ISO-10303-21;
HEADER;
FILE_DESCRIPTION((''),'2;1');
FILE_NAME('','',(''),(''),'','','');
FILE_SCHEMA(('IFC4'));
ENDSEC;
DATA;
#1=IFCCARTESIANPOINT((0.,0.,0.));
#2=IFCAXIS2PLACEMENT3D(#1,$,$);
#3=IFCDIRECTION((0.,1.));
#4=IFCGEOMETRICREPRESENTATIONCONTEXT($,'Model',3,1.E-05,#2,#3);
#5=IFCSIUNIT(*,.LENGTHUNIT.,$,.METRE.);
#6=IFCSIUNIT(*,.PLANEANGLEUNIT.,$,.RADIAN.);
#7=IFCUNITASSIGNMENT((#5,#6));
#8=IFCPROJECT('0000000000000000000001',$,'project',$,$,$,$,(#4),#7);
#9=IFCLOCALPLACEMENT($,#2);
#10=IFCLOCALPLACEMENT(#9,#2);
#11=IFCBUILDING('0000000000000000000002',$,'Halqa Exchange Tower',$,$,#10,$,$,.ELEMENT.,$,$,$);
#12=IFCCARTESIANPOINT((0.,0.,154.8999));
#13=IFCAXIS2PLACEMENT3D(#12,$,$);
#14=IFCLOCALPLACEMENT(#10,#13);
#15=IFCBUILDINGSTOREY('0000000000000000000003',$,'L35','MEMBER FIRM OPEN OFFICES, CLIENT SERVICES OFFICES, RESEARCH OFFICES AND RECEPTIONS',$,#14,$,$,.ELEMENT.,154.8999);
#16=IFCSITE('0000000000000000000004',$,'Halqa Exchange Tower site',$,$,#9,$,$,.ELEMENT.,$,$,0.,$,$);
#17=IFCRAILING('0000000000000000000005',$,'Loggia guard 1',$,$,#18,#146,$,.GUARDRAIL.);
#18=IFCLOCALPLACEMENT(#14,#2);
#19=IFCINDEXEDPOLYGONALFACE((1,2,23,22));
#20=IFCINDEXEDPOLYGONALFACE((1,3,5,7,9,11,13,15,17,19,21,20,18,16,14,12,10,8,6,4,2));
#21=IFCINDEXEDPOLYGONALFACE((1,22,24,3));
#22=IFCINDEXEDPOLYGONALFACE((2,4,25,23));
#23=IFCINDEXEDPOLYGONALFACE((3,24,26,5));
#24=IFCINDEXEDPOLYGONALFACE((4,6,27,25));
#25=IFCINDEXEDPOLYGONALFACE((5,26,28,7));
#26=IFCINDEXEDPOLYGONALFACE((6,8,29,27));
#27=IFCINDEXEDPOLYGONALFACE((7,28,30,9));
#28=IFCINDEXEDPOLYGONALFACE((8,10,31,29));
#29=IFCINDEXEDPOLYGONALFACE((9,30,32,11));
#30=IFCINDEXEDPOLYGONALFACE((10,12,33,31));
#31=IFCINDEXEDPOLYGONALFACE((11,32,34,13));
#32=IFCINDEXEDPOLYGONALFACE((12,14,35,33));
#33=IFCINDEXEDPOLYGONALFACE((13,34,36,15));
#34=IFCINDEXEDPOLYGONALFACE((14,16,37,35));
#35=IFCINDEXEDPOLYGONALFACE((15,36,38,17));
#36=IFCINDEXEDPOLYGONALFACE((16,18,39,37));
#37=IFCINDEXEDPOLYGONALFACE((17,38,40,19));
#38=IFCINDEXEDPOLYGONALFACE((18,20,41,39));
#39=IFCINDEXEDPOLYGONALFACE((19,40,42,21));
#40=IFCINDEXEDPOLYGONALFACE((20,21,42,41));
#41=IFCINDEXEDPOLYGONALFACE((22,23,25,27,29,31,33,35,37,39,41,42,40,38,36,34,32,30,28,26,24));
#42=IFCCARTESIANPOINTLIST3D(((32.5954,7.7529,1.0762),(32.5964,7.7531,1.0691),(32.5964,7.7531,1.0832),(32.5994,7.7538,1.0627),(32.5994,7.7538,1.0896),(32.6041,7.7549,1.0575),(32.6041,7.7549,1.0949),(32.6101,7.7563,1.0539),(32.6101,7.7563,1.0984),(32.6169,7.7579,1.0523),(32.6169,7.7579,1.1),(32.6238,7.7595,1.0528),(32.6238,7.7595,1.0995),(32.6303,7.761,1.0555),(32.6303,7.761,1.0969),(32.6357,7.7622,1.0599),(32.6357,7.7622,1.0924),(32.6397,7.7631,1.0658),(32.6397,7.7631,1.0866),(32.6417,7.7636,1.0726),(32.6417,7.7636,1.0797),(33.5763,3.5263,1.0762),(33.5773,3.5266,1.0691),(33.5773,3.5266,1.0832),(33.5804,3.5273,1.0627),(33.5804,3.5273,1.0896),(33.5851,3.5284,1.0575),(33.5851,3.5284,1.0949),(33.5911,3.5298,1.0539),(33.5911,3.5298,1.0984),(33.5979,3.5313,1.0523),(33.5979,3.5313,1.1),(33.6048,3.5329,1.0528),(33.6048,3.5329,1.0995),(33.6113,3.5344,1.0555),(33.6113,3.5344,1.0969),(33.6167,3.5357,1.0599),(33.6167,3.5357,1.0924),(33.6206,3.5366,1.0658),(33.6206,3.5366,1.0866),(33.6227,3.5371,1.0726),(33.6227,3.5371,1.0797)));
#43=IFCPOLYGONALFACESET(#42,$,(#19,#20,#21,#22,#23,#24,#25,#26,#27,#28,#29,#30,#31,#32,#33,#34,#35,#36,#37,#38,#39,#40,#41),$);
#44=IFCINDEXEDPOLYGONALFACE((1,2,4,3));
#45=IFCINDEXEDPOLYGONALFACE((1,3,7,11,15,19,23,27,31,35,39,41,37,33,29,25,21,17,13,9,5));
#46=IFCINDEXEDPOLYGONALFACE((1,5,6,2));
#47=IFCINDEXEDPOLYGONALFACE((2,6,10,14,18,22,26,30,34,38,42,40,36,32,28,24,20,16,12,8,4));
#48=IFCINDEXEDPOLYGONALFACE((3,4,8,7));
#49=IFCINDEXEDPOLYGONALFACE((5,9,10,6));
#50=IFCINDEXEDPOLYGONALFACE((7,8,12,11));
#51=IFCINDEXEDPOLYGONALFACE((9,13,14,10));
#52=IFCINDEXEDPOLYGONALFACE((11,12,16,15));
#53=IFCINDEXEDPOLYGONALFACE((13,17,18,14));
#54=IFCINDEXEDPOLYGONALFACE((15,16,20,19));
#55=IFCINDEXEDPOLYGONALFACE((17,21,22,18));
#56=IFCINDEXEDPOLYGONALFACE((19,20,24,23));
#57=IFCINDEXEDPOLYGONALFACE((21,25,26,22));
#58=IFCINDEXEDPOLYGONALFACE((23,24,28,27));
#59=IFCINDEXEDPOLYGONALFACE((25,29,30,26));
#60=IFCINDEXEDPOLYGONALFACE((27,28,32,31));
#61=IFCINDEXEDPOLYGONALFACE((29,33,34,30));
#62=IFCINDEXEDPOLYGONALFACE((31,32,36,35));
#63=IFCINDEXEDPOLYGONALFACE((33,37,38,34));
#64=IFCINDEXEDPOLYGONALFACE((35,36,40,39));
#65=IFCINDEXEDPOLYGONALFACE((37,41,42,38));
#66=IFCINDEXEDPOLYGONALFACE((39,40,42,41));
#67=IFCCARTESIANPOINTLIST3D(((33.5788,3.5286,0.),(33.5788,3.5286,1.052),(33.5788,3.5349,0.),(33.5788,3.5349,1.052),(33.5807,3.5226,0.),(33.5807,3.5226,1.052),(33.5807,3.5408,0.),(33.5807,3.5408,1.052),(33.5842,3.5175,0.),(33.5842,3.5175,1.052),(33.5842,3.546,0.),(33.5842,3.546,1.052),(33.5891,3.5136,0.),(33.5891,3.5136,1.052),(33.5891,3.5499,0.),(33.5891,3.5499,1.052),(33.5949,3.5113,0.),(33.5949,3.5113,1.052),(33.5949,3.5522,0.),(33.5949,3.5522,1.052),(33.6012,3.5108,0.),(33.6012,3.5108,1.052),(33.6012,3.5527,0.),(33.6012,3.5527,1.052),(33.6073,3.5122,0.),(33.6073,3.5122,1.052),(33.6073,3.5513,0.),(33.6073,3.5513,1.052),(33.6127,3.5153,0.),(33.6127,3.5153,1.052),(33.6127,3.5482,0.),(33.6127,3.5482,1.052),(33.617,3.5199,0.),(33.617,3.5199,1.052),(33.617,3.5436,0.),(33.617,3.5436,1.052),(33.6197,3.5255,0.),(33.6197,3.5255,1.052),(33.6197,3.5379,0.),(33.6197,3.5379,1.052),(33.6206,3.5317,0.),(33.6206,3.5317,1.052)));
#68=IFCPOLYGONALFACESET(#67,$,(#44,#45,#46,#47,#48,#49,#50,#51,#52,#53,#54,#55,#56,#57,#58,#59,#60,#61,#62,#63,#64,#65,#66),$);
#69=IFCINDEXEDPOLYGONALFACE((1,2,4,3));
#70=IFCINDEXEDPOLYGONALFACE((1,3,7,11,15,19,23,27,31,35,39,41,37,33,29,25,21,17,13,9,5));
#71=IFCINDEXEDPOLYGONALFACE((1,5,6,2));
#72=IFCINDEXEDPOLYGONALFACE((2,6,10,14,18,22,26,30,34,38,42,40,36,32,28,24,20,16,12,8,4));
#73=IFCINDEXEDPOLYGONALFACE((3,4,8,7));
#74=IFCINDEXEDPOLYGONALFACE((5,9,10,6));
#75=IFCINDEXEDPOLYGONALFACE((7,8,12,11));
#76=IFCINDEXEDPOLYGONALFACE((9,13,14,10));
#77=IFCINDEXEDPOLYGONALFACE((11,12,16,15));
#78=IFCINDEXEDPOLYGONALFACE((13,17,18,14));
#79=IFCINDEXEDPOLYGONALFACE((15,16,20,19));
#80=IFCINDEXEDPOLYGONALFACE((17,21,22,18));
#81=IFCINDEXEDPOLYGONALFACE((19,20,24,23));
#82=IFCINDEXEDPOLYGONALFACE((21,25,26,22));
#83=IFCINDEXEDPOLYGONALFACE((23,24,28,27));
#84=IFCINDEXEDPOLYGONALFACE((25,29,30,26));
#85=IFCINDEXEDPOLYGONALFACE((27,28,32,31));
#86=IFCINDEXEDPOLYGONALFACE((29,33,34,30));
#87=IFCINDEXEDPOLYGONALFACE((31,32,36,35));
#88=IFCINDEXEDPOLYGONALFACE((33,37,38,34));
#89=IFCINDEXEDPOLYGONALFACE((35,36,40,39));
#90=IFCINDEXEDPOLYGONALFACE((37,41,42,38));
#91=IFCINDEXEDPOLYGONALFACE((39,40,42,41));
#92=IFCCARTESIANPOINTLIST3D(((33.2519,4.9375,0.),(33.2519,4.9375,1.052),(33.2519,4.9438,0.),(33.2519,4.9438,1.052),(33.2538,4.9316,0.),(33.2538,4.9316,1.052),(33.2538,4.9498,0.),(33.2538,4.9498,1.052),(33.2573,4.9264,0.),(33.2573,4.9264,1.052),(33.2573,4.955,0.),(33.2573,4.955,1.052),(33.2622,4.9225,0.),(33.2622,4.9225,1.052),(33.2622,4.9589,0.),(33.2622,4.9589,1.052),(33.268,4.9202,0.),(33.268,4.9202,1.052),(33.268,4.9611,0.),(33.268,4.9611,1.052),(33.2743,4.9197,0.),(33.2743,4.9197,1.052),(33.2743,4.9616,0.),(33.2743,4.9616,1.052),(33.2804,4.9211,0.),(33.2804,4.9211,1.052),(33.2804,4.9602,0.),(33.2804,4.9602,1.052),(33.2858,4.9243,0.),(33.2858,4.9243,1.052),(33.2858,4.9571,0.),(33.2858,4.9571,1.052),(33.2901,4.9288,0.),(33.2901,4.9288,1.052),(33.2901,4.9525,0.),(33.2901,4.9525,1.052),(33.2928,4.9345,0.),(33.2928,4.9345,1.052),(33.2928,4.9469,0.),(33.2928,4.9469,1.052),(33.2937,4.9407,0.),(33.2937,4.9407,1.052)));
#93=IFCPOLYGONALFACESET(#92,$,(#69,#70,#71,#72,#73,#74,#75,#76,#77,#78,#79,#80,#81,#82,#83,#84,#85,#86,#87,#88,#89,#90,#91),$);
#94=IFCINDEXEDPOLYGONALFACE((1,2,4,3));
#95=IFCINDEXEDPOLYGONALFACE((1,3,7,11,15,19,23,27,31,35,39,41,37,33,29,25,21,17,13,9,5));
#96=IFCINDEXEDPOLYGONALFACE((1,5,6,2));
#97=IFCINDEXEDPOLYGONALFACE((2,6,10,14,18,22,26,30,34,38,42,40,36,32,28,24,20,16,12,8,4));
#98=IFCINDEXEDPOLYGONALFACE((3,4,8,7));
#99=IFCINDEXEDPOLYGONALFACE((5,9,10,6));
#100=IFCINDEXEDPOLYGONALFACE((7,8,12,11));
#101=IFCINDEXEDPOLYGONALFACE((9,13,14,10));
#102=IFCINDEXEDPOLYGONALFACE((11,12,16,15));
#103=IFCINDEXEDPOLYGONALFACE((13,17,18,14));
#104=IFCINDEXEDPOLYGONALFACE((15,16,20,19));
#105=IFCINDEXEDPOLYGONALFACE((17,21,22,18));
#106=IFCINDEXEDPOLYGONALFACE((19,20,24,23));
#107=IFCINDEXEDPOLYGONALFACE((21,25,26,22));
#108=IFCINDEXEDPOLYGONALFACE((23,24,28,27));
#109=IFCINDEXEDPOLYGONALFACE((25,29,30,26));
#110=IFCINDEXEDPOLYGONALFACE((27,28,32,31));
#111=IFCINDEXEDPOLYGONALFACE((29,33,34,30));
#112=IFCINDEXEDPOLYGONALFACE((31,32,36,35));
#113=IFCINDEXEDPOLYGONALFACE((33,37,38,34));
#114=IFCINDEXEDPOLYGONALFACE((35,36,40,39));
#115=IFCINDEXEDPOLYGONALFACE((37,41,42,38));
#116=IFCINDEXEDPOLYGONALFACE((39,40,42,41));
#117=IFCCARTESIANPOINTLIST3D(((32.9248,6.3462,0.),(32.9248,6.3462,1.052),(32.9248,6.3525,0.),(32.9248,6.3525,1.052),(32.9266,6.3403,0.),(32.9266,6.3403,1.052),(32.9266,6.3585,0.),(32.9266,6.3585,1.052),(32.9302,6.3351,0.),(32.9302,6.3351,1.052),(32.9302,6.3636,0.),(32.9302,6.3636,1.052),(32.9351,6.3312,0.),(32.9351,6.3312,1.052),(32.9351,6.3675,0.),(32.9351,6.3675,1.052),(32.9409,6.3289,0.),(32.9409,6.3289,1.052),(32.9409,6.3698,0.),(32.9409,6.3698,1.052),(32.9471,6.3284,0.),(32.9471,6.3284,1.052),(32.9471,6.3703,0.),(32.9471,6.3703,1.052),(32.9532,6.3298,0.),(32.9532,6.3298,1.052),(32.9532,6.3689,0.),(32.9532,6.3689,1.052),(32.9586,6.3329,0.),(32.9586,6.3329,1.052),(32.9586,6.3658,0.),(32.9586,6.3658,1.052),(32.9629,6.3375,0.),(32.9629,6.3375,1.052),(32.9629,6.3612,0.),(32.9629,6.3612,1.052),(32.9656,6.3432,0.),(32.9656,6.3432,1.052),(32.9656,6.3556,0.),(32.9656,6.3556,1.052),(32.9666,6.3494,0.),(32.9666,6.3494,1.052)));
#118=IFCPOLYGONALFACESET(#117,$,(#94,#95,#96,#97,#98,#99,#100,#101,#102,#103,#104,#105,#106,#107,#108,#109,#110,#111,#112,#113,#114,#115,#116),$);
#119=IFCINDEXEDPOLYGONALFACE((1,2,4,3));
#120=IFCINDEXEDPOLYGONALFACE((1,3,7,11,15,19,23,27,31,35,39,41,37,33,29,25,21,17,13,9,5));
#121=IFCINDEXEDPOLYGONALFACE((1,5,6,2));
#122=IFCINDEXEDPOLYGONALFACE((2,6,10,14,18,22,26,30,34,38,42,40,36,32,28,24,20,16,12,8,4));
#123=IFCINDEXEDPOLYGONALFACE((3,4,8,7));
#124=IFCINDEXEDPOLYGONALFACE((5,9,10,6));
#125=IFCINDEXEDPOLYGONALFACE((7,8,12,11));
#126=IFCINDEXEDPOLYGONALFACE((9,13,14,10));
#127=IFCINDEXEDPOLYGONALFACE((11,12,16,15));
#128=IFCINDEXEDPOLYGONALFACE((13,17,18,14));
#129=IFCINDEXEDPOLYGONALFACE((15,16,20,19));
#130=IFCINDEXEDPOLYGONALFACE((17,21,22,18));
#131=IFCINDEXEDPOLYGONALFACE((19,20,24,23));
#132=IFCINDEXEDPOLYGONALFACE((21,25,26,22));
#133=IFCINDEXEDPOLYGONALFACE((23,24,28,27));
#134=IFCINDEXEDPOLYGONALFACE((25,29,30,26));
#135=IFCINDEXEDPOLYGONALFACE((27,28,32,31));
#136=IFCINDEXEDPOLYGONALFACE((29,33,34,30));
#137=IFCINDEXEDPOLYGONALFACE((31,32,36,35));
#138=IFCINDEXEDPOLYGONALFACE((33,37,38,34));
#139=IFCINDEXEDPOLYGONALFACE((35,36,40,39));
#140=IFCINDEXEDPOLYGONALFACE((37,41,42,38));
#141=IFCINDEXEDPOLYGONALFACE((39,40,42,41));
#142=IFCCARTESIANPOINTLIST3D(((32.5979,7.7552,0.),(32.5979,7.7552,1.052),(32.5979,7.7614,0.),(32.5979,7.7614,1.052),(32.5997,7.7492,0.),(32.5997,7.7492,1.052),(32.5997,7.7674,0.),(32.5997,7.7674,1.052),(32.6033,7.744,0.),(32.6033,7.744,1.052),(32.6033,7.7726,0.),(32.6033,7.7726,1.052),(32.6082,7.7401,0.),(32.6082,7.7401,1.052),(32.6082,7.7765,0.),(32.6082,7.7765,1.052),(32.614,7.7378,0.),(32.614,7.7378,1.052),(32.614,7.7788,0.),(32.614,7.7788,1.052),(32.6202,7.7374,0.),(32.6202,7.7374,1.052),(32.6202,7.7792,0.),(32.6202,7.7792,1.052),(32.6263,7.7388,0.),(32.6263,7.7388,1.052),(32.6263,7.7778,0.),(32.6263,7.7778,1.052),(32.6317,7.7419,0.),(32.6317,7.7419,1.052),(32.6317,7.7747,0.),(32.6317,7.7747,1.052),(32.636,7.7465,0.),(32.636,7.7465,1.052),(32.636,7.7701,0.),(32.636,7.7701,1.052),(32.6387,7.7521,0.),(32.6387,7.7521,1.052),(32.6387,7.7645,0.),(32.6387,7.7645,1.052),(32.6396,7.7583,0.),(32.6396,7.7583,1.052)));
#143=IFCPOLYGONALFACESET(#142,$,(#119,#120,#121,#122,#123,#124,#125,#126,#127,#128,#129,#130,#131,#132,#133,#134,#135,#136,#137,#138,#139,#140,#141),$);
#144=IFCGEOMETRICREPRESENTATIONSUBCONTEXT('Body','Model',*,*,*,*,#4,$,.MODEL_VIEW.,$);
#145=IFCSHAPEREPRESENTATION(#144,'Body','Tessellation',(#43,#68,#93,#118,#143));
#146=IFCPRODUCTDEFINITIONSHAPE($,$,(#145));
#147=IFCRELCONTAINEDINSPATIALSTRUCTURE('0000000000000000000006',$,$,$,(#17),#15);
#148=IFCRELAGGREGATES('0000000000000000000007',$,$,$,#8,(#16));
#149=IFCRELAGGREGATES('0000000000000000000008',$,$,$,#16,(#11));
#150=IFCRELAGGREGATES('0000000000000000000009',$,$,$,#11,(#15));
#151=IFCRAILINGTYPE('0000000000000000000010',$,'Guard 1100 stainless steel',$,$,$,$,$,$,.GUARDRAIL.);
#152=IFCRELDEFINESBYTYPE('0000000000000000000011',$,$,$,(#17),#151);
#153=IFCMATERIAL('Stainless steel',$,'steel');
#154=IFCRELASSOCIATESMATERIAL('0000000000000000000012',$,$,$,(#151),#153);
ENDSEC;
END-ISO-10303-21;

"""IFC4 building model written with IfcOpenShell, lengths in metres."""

from ifc_helpers import new_model, si_unit, direction, frame, origin, origin_2d, place, context, subcontext, project, spatial, circle, extrude, material, type_object, element, save


model = new_model("IFC4")

# Units and contexts
model_context = context("Model", 3, precision=1e-05, world=origin(), true_north=direction((0.0, 1.0)))
body_context = subcontext(model_context, "Body", "Model", "MODEL_VIEW")
ifc_project = project(units=[si_unit("LENGTHUNIT", "METRE"), si_unit("PLANEANGLEUNIT", "RADIAN")], contexts=[model_context])

# Site, building, storey
site_placement = place(None, origin())
site = spatial("IfcSite", under=ifc_project, at=site_placement, Name="Halqa Exchange Tower site", CompositionType="ELEMENT", RefElevation=0.0)
building_placement = place(site_placement, origin())
building = spatial("IfcBuilding", under=site, at=building_placement, Name="Halqa Exchange Tower", CompositionType="ELEMENT")
storey_placement = place(building_placement, frame((0.0, 0.0, 154.8999)))
storey = spatial("IfcBuildingStorey", under=building, at=storey_placement, Name="L35", Description="MEMBER FIRM OPEN OFFICES, CLIENT SERVICES OFFICES, RESEARCH OFFICES AND RECEPTIONS", CompositionType="ELEMENT", Elevation=154.8999)

# Railing
ifc_material_1 = material(Name="Stainless steel", Category="steel")
railing_type = type_object("IfcRailingType", Name="Guard 1100 stainless steel", PredefinedType="GUARDRAIL", material=ifc_material_1)
railing_1_placement = place(storey_placement, frame((33.5996, 3.5317, 0.0)))
element("IfcRailing", 1, at=railing_1_placement, inside=storey, type_object=railing_type, Name="Loggia guard 1", PredefinedType="GUARDRAIL", context=body_context, shape_type="SweptSolid", body=[
    extrude(circle(Radius=0.0239, at=origin_2d()), frame((0.0, 0.0, 1.0762), z_axis=(-0.226084, 0.974108, 0.0), x_axis=(-0.974108, -0.226084, 0.0)), (0.0, 0.0, 1.0), 4.3389),
    extrude(circle(Radius=0.021, at=origin_2d()), origin(), (0.0, 0.0, 1.0), 1.052),
    extrude(circle(Radius=0.021, at=origin_2d()), frame((-0.3269, 1.4089, 0.0)), (0.0, 0.0, 1.0), 1.052),
    extrude(circle(Radius=0.021, at=origin_2d()), frame((-0.6541, 2.8176, 0.0)), (0.0, 0.0, 1.0), 1.052),
    extrude(circle(Radius=0.021, at=origin_2d()), frame((-0.981, 4.2266, 0.0)), (0.0, 0.0, 1.0), 1.052),
])

save(model, "model.ifc")
